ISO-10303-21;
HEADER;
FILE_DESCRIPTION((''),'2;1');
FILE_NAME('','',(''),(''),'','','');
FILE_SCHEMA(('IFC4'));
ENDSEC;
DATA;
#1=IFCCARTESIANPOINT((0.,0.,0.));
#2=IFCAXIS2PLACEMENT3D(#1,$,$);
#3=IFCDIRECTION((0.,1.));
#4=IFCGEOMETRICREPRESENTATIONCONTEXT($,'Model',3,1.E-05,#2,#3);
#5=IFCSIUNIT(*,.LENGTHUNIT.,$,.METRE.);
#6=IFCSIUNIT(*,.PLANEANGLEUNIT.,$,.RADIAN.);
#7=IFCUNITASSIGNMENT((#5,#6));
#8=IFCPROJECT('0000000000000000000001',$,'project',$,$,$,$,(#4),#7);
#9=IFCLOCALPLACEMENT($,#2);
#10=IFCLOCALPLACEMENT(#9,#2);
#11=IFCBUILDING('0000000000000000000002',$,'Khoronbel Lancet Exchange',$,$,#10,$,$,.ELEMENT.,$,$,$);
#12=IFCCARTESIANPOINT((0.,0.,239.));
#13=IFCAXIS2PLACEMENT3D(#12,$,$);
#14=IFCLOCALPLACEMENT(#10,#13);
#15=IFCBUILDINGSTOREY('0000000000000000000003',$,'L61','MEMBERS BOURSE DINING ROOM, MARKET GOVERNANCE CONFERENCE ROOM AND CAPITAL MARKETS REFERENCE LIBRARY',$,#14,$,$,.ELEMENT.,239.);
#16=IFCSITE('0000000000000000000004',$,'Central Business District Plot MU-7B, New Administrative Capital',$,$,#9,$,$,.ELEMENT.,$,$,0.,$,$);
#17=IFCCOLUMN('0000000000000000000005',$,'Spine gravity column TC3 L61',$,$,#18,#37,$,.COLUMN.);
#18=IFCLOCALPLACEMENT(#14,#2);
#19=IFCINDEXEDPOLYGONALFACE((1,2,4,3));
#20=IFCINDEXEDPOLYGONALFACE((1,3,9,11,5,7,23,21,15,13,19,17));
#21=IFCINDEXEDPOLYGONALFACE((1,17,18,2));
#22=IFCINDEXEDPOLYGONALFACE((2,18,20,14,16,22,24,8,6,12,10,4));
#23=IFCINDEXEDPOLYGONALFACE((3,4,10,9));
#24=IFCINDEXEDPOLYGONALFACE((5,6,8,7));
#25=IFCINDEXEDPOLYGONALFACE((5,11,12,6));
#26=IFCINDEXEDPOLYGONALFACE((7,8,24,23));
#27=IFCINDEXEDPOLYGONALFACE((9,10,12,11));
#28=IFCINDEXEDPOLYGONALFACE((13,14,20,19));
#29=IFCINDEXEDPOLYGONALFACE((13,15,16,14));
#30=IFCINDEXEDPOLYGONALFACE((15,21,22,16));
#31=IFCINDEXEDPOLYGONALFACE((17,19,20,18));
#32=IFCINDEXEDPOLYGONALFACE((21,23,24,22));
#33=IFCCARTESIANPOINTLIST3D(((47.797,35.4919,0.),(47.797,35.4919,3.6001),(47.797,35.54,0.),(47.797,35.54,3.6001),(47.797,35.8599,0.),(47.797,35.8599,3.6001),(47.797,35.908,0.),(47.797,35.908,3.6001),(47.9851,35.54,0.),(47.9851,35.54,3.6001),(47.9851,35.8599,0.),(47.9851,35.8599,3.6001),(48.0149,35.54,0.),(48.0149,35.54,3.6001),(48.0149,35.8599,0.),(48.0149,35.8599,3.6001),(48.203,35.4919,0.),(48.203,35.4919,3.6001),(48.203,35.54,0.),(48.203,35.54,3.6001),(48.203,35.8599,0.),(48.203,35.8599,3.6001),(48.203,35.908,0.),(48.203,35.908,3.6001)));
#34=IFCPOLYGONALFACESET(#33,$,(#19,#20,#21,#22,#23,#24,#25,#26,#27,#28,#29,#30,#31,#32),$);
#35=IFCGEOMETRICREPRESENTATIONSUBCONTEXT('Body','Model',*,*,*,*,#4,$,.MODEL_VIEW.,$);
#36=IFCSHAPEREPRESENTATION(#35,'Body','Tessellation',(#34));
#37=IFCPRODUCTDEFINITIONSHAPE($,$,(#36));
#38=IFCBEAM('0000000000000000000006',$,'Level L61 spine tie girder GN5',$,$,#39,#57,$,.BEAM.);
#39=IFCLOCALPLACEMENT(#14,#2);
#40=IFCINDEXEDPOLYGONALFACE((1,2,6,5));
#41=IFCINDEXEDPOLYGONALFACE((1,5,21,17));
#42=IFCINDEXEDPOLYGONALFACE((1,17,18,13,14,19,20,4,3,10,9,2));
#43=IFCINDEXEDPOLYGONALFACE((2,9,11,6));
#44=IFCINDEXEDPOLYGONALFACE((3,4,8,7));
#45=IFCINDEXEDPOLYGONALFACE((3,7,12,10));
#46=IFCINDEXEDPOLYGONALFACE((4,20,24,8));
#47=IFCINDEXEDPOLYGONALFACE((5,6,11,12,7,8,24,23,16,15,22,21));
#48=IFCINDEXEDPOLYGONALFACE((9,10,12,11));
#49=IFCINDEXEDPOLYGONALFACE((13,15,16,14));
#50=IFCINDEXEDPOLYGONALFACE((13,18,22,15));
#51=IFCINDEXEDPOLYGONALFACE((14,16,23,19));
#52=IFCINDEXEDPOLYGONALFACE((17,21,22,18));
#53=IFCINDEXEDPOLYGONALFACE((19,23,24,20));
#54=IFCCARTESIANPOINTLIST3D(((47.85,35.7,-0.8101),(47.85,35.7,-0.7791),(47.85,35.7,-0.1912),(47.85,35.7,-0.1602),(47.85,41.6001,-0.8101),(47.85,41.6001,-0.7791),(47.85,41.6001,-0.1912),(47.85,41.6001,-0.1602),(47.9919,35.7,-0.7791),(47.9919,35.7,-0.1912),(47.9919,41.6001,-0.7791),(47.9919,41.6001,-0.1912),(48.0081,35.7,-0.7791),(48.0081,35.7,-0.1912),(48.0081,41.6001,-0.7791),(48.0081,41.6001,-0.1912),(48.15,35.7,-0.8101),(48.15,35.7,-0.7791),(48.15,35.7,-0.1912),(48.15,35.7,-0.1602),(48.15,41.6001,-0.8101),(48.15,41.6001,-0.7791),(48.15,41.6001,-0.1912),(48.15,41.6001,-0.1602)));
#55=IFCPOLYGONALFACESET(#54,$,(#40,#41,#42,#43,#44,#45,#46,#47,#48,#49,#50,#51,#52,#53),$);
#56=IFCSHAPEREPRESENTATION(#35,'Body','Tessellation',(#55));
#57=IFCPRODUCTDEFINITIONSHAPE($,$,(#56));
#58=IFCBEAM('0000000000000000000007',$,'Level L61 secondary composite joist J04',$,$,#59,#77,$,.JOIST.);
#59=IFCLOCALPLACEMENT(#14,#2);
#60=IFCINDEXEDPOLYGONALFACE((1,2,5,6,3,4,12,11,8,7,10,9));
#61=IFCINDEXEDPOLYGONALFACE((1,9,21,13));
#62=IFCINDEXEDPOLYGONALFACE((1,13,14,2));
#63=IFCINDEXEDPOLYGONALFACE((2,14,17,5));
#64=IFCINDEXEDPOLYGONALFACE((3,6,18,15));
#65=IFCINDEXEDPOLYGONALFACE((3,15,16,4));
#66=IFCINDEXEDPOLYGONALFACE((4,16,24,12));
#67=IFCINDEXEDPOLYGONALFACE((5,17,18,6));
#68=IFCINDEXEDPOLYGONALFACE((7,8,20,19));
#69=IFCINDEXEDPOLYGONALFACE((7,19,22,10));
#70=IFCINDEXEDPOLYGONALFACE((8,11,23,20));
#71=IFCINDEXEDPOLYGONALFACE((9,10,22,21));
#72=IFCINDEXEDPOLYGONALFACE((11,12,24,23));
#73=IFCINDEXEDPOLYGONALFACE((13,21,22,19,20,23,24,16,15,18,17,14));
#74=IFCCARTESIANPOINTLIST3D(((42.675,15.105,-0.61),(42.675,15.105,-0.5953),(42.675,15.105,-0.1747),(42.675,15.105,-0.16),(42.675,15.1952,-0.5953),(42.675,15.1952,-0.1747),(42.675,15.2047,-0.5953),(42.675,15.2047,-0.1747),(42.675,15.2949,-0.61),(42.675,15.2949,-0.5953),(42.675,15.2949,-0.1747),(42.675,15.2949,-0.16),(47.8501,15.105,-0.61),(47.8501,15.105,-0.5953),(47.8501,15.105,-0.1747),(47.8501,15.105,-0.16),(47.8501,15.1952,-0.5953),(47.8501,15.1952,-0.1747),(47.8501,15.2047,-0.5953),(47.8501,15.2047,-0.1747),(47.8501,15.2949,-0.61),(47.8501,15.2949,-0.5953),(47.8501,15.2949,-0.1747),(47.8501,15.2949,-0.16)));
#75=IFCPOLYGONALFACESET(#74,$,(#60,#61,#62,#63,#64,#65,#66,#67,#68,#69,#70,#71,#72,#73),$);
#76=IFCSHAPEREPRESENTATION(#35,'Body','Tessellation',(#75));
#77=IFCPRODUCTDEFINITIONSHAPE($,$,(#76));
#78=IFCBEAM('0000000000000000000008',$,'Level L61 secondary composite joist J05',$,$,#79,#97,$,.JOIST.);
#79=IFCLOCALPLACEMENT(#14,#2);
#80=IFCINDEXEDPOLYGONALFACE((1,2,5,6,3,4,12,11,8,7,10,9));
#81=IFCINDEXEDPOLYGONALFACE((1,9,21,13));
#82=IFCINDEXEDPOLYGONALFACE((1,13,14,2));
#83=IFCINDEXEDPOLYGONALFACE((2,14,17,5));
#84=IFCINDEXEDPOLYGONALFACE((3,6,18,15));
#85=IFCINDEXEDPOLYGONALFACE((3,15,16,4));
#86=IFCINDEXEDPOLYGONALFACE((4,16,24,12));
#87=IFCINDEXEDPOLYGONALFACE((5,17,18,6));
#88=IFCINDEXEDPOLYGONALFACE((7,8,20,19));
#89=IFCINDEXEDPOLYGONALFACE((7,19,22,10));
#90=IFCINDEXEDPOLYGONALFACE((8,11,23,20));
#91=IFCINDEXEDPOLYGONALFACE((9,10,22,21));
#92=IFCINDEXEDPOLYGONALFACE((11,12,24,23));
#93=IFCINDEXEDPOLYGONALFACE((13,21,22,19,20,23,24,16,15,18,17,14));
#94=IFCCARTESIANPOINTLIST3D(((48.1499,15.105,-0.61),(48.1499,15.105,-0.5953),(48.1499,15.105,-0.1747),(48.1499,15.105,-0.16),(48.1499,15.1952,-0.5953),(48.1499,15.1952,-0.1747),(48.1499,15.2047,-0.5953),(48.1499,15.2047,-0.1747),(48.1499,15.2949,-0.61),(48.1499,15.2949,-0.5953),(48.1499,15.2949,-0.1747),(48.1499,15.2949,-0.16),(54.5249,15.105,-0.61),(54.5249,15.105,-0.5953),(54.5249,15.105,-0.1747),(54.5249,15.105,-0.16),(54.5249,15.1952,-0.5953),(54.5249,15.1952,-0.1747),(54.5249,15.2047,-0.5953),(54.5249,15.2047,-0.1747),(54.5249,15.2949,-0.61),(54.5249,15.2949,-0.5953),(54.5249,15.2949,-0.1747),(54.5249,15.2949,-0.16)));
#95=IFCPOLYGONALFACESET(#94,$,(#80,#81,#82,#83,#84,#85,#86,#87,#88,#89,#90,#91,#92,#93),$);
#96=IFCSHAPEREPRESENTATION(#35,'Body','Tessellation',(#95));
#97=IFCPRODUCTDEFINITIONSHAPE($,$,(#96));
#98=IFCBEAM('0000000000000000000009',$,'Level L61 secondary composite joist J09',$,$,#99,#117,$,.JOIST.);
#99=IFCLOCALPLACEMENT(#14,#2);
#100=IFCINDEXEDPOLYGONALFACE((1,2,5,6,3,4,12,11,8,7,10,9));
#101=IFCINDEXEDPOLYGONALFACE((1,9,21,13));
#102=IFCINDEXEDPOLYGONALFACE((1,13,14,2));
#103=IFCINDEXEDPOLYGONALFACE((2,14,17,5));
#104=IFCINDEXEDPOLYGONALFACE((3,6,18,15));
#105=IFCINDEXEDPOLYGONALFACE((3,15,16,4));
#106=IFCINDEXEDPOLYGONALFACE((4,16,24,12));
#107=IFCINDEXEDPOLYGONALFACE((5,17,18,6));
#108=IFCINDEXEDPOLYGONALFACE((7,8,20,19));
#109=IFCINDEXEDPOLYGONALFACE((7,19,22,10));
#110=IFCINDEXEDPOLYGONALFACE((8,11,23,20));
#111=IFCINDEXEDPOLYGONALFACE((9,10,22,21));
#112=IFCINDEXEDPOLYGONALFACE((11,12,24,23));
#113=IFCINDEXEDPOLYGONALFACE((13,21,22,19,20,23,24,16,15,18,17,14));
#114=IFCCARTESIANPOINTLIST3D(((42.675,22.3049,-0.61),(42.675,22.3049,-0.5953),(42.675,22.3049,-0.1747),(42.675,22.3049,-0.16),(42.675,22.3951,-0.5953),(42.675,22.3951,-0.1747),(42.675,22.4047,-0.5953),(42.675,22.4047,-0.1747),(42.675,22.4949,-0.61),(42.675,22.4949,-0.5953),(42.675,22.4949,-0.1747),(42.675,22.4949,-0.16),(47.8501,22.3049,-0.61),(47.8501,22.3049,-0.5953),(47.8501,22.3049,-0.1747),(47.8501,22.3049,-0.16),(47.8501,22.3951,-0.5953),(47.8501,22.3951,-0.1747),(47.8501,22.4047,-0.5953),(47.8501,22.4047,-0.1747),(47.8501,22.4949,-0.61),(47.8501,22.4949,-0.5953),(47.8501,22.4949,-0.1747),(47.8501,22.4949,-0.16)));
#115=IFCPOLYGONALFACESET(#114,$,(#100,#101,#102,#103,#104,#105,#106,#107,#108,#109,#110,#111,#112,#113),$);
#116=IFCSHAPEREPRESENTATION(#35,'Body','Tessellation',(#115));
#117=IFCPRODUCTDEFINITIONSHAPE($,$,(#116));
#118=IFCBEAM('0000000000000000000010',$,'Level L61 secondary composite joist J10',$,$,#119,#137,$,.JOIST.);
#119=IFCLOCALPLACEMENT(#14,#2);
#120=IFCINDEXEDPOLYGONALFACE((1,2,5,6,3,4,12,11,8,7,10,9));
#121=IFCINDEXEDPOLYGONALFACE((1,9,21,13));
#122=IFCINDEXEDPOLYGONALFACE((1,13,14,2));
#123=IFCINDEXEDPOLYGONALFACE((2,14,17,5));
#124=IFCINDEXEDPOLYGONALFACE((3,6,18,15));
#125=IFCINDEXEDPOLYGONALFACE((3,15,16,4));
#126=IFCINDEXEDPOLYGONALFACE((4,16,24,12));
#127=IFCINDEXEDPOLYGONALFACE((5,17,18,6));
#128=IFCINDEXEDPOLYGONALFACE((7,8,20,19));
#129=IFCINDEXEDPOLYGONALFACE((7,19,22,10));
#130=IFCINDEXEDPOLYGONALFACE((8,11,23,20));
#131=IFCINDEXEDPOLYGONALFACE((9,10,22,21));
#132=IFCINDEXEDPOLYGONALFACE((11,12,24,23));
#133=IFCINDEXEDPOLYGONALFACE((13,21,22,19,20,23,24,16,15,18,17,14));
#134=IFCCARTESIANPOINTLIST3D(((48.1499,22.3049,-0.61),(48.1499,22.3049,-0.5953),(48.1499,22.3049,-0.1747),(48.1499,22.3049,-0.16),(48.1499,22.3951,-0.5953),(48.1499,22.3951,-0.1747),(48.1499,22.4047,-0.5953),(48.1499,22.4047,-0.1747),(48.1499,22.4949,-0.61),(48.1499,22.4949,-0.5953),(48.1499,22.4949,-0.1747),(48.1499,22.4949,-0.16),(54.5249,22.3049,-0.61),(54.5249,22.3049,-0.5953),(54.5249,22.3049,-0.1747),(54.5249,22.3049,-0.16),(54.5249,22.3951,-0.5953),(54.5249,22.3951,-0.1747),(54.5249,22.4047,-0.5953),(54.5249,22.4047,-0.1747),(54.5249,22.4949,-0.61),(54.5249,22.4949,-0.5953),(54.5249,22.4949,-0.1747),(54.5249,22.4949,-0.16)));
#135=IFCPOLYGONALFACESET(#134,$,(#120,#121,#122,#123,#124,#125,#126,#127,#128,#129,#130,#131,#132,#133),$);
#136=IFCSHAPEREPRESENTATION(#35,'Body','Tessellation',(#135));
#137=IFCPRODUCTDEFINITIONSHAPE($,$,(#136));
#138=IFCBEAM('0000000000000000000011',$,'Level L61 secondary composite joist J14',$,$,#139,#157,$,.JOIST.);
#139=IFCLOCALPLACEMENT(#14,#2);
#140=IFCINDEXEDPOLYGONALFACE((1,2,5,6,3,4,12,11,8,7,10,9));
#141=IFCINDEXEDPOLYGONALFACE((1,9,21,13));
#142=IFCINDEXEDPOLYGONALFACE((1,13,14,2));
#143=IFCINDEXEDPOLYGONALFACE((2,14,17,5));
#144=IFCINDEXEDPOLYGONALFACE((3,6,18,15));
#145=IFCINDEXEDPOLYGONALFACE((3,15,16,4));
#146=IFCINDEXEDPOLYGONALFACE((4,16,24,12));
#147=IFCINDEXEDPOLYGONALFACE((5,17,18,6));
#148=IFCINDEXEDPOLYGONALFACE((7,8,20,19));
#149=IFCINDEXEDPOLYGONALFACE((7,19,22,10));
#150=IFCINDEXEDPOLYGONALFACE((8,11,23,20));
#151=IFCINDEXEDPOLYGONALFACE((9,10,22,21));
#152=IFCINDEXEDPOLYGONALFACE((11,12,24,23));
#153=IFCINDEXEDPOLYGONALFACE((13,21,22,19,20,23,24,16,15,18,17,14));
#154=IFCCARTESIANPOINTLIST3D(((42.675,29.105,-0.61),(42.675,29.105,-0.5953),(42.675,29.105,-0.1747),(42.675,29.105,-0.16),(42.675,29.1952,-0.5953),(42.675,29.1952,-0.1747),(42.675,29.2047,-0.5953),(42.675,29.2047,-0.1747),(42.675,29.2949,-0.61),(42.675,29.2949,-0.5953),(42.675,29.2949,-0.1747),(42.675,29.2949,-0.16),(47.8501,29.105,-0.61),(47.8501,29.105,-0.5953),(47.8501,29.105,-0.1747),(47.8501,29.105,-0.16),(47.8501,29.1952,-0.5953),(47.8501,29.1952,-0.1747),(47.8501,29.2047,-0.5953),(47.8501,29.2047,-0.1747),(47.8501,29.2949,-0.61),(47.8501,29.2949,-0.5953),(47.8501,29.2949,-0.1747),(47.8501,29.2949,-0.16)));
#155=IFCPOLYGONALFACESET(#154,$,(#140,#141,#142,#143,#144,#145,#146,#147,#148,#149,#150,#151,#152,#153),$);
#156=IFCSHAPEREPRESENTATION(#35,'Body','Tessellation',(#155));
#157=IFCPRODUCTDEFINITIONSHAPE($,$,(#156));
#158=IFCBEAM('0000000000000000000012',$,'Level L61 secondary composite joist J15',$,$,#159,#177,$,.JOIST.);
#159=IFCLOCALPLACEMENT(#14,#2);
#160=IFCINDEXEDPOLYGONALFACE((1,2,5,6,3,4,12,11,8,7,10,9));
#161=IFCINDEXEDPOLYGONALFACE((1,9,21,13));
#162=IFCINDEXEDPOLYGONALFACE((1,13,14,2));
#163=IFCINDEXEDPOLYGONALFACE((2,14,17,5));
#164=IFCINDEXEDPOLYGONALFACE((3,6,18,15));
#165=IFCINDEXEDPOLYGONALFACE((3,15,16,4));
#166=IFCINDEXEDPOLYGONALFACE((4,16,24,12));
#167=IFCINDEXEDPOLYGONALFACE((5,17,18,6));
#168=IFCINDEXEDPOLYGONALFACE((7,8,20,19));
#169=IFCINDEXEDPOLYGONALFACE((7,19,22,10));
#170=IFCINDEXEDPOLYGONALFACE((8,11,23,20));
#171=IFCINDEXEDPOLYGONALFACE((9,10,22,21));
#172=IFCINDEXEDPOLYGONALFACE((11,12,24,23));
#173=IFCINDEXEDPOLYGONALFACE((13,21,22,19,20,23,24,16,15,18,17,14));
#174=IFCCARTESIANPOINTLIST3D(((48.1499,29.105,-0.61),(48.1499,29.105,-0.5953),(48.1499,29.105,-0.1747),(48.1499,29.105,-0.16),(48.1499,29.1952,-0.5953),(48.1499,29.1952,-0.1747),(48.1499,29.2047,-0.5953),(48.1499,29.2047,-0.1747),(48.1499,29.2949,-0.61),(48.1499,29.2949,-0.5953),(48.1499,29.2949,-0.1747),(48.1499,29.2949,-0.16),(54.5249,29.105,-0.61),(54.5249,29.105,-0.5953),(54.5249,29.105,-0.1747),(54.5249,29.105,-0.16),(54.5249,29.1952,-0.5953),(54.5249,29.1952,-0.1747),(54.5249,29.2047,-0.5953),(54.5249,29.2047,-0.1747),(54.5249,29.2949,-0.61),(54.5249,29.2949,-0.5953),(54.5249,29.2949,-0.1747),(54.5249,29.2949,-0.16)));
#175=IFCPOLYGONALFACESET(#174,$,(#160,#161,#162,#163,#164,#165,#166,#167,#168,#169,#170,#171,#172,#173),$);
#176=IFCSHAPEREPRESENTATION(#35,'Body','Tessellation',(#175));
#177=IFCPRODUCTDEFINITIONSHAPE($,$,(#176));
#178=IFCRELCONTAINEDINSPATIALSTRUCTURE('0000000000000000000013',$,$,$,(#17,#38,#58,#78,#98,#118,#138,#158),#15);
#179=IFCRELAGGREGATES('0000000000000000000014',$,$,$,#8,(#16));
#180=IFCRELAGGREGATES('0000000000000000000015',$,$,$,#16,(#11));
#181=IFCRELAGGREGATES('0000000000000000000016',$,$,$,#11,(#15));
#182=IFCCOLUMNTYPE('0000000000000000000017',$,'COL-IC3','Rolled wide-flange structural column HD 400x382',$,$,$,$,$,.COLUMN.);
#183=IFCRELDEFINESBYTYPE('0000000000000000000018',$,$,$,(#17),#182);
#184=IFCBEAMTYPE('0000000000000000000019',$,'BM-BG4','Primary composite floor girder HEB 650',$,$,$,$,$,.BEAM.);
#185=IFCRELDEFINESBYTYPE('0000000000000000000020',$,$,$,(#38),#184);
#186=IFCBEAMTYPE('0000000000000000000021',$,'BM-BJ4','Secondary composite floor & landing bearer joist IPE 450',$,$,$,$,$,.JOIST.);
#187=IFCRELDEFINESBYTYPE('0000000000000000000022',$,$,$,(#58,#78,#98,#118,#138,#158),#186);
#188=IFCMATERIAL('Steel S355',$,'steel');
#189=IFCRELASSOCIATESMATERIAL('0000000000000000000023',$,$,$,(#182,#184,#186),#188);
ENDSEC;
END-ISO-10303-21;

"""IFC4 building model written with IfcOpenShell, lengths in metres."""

from ifc_helpers import new_model, si_unit, direction, frame, origin, origin_2d, place, context, subcontext, project, spatial, i_section, extrude, material, material_profile, profile_set, type_object, element, save


model = new_model("IFC4")

# Units and contexts
model_context = context("Model", 3, precision=1e-05, world=origin(), true_north=direction((0.0, 1.0)))
body_context = subcontext(model_context, "Body", "Model", "MODEL_VIEW")
ifc_project = project(units=[si_unit("LENGTHUNIT", "METRE"), si_unit("PLANEANGLEUNIT", "RADIAN")], contexts=[model_context])

# Site, building, storey
site_placement = place(None, origin())
site = spatial("IfcSite", under=ifc_project, at=site_placement, Name="Central Business District Plot MU-7B, New Administrative Capital", CompositionType="ELEMENT", RefElevation=0.0)
building_placement = place(site_placement, origin())
building = spatial("IfcBuilding", under=site, at=building_placement, Name="Khoronbel Lancet Exchange", CompositionType="ELEMENT")
storey_placement = place(building_placement, frame((0.0, 0.0, 239.0)))
storey = spatial("IfcBuildingStorey", under=building, at=storey_placement, Name="L61", Description="MEMBERS BOURSE DINING ROOM, MARKET GOVERNANCE CONFERENCE ROOM AND CAPITAL MARKETS REFERENCE LIBRARY", CompositionType="ELEMENT", Elevation=239.0)

# Column
ifc_material_1 = material(Name="Steel S355", Category="steel")
ifc_material_profile_1 = material_profile(ifc_material_1, i_section(OverallWidth=0.406, OverallDepth=0.416, WebThickness=0.0298, FlangeThickness=0.0481, at=origin_2d()), Name="HD 400x382")
ifc_profile_set_1 = profile_set([ifc_material_profile_1], Name="Steel S355")
column_type = type_object("IfcColumnType", Name="COL-IC3", Description="Rolled wide-flange structural column HD 400x382", PredefinedType="COLUMN", material=ifc_profile_set_1)
column_placement = place(storey_placement, frame((48.0, 35.7, 0.0), z_axis=(0.0, 0.0, 1.0), x_axis=(1.0, 0.0, 0.0)))
element("IfcColumn", 1, at=column_placement, inside=storey, type_object=column_type, Name="Spine gravity column TC3 L61", PredefinedType="COLUMN", context=body_context, shape_type="SweptSolid", body=[
    extrude(i_section(OverallWidth=0.406, OverallDepth=0.416, WebThickness=0.0298, FlangeThickness=0.0481, at=origin_2d()), origin(), (0.0, 0.0, 1.0), 3.6001),
])

# Beams
ifc_material_profile_2 = material_profile(ifc_material_1, i_section(OverallWidth=0.3, OverallDepth=0.6499, WebThickness=0.0161, FlangeThickness=0.031, at=origin_2d()), Name="HEB 650")
ifc_profile_set_2 = profile_set([ifc_material_profile_2], Name="Steel S355")
beam_type_1 = type_object("IfcBeamType", Name="BM-BG4", Description="Primary composite floor girder HEB 650", PredefinedType="BEAM", material=ifc_profile_set_2)
beam_1_placement = place(storey_placement, frame((48.0, 35.7, -0.4851), z_axis=(0.0, 1.0, 0.0), x_axis=(-1.0, 0.0, 0.0)))
element("IfcBeam", 2, at=beam_1_placement, inside=storey, type_object=beam_type_1, Name="Level L61 spine tie girder GN5", PredefinedType="BEAM", context=body_context, shape_type="SweptSolid", body=[
    extrude(i_section(OverallWidth=0.3, OverallDepth=0.6499, WebThickness=0.0161, FlangeThickness=0.031, at=origin_2d()), origin(), (0.0, 0.0, 1.0), 5.9001),
])
ifc_material_profile_3 = material_profile(ifc_material_1, i_section(OverallWidth=0.1899, OverallDepth=0.45, WebThickness=0.0095, FlangeThickness=0.0146, at=origin_2d()), Name="IPE 450")
ifc_profile_set_3 = profile_set([ifc_material_profile_3], Name="Steel S355")
beam_type_2 = type_object("IfcBeamType", Name="BM-BJ4", Description="Secondary composite floor & landing bearer joist IPE 450", PredefinedType="JOIST", material=ifc_profile_set_3)
beam_2_placement = place(storey_placement, frame((42.675, 15.2, -0.385), z_axis=(1.0, 0.0, 0.0), x_axis=(0.0, 1.0, 0.0)))
element("IfcBeam", 3, at=beam_2_placement, inside=storey, type_object=beam_type_2, Name="Level L61 secondary composite joist J04", PredefinedType="JOIST", context=body_context, shape_type="SweptSolid", body=[
    extrude(i_section(OverallWidth=0.1899, OverallDepth=0.45, WebThickness=0.0095, FlangeThickness=0.0146, at=origin_2d()), origin(), (0.0, 0.0, 1.0), 5.175),
])
beam_3_placement = place(storey_placement, frame((48.1499, 15.2, -0.385), z_axis=(1.0, 0.0, 0.0), x_axis=(0.0, 1.0, 0.0)))
element("IfcBeam", 4, at=beam_3_placement, inside=storey, type_object=beam_type_2, Name="Level L61 secondary composite joist J05", PredefinedType="JOIST", context=body_context, shape_type="SweptSolid", body=[
    extrude(i_section(OverallWidth=0.1899, OverallDepth=0.45, WebThickness=0.0095, FlangeThickness=0.0146, at=origin_2d()), origin(), (0.0, 0.0, 1.0), 6.375),
])
beam_4_placement = place(storey_placement, frame((42.675, 22.3999, -0.385), z_axis=(1.0, 0.0, 0.0), x_axis=(0.0, 1.0, 0.0)))
element("IfcBeam", 5, at=beam_4_placement, inside=storey, type_object=beam_type_2, Name="Level L61 secondary composite joist J09", PredefinedType="JOIST", context=body_context, shape_type="SweptSolid", body=[
    extrude(i_section(OverallWidth=0.1899, OverallDepth=0.45, WebThickness=0.0095, FlangeThickness=0.0146, at=origin_2d()), origin(), (0.0, 0.0, 1.0), 5.175),
])
beam_5_placement = place(storey_placement, frame((48.1499, 22.3999, -0.385), z_axis=(1.0, 0.0, 0.0), x_axis=(0.0, 1.0, 0.0)))
element("IfcBeam", 6, at=beam_5_placement, inside=storey, type_object=beam_type_2, Name="Level L61 secondary composite joist J10", PredefinedType="JOIST", context=body_context, shape_type="SweptSolid", body=[
    extrude(i_section(OverallWidth=0.1899, OverallDepth=0.45, WebThickness=0.0095, FlangeThickness=0.0146, at=origin_2d()), origin(), (0.0, 0.0, 1.0), 6.375),
])
beam_6_placement = place(storey_placement, frame((42.675, 29.2, -0.385), z_axis=(1.0, 0.0, 0.0), x_axis=(0.0, 1.0, 0.0)))
element("IfcBeam", 7, at=beam_6_placement, inside=storey, type_object=beam_type_2, Name="Level L61 secondary composite joist J14", PredefinedType="JOIST", context=body_context, shape_type="SweptSolid", body=[
    extrude(i_section(OverallWidth=0.1899, OverallDepth=0.45, WebThickness=0.0095, FlangeThickness=0.0146, at=origin_2d()), origin(), (0.0, 0.0, 1.0), 5.175),
])
beam_7_placement = place(storey_placement, frame((48.1499, 29.2, -0.385), z_axis=(1.0, 0.0, 0.0), x_axis=(0.0, 1.0, 0.0)))
element("IfcBeam", 8, at=beam_7_placement, inside=storey, type_object=beam_type_2, Name="Level L61 secondary composite joist J15", PredefinedType="JOIST", context=body_context, shape_type="SweptSolid", body=[
    extrude(i_section(OverallWidth=0.1899, OverallDepth=0.45, WebThickness=0.0095, FlangeThickness=0.0146, at=origin_2d()), origin(), (0.0, 0.0, 1.0), 6.375),
])

save(model, "model.ifc")
